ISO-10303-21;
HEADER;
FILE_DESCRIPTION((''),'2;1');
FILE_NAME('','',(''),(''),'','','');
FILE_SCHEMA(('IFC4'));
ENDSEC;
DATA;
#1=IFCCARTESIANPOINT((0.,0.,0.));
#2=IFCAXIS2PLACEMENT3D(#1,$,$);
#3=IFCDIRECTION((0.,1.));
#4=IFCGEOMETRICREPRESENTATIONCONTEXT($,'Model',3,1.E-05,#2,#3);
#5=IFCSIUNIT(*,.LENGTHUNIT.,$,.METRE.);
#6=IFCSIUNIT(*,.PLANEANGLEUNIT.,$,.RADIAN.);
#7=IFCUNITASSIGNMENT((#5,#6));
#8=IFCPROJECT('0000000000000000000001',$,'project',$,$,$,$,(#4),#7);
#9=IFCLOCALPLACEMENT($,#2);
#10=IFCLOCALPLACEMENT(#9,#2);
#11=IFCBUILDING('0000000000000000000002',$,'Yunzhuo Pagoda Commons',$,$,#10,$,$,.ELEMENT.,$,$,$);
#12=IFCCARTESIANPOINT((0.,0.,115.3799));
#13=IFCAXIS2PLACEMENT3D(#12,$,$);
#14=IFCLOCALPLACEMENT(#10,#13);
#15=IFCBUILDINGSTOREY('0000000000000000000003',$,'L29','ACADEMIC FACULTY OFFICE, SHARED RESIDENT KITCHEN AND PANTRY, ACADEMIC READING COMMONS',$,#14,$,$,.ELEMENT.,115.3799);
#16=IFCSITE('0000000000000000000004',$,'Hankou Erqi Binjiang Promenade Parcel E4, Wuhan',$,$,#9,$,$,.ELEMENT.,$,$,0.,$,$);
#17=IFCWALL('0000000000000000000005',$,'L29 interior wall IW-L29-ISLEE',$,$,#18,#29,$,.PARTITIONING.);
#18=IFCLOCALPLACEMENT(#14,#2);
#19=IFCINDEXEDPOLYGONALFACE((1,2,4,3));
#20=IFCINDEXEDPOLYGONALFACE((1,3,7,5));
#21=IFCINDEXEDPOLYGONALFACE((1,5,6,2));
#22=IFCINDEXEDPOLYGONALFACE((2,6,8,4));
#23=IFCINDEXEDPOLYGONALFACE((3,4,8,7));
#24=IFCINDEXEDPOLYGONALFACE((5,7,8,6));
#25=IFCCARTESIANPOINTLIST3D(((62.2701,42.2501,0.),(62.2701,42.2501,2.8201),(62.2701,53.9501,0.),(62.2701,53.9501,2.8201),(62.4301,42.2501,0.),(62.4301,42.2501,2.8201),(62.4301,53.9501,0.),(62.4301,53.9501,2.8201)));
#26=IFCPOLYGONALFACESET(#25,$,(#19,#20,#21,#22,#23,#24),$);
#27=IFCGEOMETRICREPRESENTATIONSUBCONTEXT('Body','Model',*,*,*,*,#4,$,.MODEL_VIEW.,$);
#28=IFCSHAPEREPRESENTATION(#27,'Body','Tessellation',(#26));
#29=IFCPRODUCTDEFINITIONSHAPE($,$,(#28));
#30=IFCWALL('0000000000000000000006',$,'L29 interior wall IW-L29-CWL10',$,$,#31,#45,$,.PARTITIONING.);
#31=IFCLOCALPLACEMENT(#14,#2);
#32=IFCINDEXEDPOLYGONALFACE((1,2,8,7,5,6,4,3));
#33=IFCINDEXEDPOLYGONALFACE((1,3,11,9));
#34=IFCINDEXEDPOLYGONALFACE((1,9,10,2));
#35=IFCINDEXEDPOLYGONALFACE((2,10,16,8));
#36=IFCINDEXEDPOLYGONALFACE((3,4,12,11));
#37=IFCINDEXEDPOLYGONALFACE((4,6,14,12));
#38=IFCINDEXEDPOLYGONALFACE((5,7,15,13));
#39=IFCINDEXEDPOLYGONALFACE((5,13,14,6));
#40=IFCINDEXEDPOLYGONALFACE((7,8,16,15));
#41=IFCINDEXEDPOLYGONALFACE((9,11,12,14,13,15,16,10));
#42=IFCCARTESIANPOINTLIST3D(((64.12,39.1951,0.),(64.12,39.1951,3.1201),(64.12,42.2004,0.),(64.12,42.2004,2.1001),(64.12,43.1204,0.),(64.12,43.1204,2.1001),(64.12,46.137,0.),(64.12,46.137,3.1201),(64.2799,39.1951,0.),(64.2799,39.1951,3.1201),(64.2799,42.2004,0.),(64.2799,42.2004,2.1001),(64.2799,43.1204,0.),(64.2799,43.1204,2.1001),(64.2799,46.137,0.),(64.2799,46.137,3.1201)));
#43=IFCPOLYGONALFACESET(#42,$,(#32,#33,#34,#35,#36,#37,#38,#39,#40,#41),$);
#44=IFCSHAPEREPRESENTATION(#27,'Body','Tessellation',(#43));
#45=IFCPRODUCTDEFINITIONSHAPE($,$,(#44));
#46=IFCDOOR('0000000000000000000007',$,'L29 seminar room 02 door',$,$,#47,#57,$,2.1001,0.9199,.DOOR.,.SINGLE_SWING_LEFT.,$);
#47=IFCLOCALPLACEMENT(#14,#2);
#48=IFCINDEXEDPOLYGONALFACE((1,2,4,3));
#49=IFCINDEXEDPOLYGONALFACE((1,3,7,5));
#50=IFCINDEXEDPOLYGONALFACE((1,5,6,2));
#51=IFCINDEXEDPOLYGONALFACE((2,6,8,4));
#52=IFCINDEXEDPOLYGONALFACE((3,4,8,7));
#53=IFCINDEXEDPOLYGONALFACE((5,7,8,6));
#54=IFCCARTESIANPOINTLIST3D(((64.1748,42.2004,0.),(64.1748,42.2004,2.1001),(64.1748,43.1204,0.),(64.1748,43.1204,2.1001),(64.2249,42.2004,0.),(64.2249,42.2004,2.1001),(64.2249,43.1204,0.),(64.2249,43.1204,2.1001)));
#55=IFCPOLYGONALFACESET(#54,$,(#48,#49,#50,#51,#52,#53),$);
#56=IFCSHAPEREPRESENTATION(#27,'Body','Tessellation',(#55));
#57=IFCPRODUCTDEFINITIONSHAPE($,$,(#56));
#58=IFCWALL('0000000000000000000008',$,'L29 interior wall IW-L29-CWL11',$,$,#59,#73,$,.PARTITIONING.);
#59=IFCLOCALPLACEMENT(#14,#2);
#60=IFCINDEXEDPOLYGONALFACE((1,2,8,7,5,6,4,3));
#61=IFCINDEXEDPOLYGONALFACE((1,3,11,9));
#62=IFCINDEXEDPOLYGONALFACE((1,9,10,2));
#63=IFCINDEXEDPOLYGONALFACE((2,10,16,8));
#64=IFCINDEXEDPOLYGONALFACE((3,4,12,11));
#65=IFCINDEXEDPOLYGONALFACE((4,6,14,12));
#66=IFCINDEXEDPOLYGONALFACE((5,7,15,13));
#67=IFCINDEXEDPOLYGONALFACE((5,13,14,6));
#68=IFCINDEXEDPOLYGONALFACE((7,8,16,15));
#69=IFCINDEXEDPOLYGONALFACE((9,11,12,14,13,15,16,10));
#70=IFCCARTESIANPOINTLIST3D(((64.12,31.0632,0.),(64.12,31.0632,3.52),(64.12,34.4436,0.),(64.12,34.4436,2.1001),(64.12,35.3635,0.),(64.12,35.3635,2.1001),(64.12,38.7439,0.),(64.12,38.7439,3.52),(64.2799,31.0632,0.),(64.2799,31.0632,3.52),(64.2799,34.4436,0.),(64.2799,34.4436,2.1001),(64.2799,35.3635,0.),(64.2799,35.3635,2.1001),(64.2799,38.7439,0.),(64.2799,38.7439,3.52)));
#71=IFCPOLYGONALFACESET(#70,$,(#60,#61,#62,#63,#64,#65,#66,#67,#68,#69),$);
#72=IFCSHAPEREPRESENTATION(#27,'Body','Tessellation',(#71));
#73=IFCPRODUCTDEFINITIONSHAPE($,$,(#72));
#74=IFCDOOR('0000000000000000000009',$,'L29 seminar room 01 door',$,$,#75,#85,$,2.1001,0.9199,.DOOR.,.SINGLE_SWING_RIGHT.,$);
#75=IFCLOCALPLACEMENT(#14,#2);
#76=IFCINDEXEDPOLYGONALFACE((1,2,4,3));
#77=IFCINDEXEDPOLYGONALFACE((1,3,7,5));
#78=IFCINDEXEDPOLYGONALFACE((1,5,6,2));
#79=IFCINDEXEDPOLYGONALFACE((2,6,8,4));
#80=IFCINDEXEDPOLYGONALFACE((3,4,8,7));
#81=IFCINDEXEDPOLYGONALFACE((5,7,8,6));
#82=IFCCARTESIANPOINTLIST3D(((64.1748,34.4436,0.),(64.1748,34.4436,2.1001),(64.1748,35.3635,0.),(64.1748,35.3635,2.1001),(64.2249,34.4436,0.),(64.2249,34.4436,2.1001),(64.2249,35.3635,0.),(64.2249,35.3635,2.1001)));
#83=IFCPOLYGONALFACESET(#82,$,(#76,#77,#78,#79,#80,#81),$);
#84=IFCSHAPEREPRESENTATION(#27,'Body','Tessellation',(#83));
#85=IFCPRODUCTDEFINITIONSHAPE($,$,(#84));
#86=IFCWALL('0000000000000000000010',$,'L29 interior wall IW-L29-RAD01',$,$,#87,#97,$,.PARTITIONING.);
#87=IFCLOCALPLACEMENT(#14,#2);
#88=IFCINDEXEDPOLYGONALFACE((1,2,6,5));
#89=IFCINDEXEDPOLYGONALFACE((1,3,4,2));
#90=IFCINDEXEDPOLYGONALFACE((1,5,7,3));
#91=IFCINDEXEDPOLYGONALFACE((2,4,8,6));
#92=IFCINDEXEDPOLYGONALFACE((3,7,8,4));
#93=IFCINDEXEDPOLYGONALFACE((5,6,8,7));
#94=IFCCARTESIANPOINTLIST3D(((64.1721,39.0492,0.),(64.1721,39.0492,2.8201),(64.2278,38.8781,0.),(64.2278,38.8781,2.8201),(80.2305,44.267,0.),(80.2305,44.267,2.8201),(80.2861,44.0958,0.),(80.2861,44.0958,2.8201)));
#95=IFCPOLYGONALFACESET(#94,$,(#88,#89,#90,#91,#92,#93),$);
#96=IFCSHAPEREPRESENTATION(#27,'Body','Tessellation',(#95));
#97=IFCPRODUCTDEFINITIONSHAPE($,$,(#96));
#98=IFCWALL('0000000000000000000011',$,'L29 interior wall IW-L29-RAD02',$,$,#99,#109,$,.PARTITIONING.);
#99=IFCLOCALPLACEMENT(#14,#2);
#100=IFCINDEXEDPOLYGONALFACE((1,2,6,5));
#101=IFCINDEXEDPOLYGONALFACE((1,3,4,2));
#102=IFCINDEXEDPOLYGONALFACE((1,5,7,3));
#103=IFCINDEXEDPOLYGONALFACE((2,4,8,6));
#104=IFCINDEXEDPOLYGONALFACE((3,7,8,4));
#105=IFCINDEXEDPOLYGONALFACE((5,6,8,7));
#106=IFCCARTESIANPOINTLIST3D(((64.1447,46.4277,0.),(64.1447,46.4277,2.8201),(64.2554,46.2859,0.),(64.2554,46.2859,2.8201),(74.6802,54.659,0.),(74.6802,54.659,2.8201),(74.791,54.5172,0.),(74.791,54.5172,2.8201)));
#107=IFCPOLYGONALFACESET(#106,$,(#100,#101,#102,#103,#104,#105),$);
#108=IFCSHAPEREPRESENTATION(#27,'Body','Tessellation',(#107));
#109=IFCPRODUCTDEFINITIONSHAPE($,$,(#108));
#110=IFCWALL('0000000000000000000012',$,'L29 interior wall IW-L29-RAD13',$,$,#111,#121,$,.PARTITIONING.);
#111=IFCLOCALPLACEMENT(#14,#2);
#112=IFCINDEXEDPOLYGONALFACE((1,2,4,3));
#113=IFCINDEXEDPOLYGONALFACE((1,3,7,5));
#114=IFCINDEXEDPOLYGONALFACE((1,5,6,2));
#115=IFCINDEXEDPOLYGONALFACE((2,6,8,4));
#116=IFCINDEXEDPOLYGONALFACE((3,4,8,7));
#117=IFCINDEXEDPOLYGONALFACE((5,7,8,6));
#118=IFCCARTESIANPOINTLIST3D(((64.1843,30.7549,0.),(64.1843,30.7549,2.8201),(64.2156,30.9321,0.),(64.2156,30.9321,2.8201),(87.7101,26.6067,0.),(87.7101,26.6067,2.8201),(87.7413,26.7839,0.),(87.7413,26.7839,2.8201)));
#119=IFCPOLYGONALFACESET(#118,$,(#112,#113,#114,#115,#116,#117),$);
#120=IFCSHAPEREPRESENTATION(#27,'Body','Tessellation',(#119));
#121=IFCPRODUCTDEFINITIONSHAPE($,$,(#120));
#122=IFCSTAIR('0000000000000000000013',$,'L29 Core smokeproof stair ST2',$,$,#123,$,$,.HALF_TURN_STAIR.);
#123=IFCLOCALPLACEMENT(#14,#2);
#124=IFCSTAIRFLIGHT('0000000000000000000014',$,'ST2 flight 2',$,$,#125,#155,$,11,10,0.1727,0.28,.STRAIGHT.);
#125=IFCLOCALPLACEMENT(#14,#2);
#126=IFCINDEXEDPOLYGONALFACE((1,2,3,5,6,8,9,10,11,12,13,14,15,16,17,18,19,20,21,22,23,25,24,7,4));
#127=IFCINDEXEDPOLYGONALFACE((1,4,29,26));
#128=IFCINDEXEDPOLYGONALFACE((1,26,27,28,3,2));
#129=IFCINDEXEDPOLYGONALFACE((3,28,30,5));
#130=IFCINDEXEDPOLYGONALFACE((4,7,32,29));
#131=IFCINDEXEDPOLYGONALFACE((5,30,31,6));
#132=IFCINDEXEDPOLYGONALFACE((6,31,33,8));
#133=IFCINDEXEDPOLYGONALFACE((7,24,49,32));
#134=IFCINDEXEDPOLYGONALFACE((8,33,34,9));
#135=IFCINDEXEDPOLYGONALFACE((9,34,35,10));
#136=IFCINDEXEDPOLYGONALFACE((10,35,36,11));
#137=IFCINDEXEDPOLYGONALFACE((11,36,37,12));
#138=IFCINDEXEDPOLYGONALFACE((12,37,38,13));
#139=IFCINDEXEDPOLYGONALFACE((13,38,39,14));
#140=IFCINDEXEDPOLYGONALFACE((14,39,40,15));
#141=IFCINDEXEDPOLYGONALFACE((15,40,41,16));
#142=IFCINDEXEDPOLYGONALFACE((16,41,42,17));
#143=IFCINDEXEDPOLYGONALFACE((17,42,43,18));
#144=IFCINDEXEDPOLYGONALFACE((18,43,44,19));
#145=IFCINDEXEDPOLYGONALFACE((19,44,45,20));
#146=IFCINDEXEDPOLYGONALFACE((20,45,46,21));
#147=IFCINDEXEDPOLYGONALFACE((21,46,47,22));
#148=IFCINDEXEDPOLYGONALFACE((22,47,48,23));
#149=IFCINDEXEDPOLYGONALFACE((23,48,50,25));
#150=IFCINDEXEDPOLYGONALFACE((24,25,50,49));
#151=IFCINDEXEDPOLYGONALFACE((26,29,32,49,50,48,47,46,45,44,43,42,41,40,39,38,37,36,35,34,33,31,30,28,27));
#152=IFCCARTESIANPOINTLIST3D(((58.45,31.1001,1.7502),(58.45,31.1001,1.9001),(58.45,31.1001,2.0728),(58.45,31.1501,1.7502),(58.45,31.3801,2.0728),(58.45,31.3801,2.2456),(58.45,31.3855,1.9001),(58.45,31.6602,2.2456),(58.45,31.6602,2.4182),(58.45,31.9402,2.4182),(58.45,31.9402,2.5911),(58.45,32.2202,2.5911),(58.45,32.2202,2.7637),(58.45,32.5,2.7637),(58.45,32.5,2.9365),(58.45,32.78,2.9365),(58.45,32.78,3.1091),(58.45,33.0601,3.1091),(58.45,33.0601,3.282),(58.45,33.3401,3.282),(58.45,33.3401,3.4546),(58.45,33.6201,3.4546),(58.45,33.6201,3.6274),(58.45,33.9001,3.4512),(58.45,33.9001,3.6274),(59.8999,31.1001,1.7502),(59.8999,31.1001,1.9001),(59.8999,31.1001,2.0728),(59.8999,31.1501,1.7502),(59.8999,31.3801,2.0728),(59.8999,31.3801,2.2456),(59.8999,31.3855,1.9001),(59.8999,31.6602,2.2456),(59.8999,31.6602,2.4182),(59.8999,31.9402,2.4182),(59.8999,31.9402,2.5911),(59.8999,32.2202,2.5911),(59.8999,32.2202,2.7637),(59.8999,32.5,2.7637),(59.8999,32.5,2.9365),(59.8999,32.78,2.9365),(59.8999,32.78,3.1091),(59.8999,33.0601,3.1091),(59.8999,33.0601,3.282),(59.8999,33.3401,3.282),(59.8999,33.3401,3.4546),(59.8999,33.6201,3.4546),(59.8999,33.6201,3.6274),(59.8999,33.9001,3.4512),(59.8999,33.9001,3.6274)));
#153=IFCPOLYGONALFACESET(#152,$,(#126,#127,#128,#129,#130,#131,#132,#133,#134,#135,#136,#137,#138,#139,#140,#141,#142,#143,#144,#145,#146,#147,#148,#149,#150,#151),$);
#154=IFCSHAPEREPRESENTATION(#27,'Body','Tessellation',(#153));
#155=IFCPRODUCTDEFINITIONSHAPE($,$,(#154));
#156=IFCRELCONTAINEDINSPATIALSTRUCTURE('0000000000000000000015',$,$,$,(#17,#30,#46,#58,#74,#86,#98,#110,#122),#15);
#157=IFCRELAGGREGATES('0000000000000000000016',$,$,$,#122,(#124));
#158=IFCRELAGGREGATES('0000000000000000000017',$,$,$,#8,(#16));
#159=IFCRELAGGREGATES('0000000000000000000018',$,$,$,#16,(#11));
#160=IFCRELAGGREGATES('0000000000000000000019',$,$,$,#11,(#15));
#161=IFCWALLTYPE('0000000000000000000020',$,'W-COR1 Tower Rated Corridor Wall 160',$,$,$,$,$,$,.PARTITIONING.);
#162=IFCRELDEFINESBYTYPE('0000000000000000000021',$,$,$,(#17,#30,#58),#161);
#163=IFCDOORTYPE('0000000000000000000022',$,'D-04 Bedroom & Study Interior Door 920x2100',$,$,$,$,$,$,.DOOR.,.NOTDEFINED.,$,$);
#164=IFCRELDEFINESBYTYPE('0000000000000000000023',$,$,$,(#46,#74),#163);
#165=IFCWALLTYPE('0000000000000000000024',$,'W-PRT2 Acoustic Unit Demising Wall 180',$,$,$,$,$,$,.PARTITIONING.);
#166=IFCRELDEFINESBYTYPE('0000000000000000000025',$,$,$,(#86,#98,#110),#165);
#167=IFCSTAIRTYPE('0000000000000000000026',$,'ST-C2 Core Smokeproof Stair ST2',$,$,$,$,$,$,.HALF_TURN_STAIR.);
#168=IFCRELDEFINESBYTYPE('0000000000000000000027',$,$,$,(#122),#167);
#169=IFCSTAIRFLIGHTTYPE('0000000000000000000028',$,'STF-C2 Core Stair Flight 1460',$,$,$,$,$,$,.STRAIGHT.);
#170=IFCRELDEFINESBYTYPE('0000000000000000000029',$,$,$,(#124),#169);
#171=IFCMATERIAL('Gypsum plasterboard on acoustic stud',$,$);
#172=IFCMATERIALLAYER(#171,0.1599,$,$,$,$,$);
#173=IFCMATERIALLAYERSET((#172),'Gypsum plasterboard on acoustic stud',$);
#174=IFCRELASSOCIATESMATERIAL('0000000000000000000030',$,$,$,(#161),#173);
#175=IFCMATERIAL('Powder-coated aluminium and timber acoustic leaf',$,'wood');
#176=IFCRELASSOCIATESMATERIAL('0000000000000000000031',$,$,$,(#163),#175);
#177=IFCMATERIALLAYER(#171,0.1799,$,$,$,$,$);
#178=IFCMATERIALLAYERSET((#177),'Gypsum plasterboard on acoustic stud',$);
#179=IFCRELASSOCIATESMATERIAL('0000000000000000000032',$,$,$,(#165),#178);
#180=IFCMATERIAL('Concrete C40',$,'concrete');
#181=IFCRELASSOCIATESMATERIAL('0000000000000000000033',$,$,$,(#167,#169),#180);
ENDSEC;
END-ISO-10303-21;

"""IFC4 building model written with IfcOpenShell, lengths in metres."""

from ifc_helpers import new_model, si_unit, direction, frame, frame_2d, origin, origin_with_axes, place, context, subcontext, project, spatial, polyline, rectangle, outline, extrude, source, transform, mapped, material, layer, layer_set, type_object, element, fill, aggregate, save


model = new_model("IFC4")

# Units and contexts
model_context = context("Model", 3, precision=1e-05, world=origin(), true_north=direction((0.0, 1.0)))
body_context = subcontext(model_context, "Body", "Model", "MODEL_VIEW")
ifc_project = project(units=[si_unit("LENGTHUNIT", "METRE"), si_unit("PLANEANGLEUNIT", "RADIAN")], contexts=[model_context])

# Site, building, storey
site_placement = place(None, origin())
site = spatial("IfcSite", under=ifc_project, at=site_placement, Name="Hankou Erqi Binjiang Promenade Parcel E4, Wuhan", CompositionType="ELEMENT", RefElevation=0.0)
building_placement = place(site_placement, origin())
building = spatial("IfcBuilding", under=site, at=building_placement, Name="Yunzhuo Pagoda Commons", CompositionType="ELEMENT")
storey_placement = place(building_placement, frame((0.0, 0.0, 115.3799)))
storey = spatial("IfcBuildingStorey", under=building, at=storey_placement, Name="L29", Description="ACADEMIC FACULTY OFFICE, SHARED RESIDENT KITCHEN AND PANTRY, ACADEMIC READING COMMONS", CompositionType="ELEMENT", Elevation=115.3799)

# Wall
ifc_material_1 = material(Name="Gypsum plasterboard on acoustic stud")
ifc_layer_1 = layer(ifc_material_1, 0.1599)
ifc_layer_set_1 = layer_set([ifc_layer_1], Name="Gypsum plasterboard on acoustic stud")
wall_type_1 = type_object("IfcWallType", Name="W-COR1 Tower Rated Corridor Wall 160", PredefinedType="PARTITIONING", material=ifc_layer_set_1)
wall_1_placement = place(storey_placement, frame((62.3501, 42.25, 0.0), z_axis=(0.0, 0.0, 1.0), x_axis=(0.0, 1.0, 0.0)))
element("IfcWall", 1, at=wall_1_placement, inside=storey, type_object=wall_type_1, Name="L29 interior wall IW-L29-ISLEE", PredefinedType="PARTITIONING", context=body_context, shape_type="SweptSolid", body=[
    extrude(rectangle(XDim=11.7, YDim=0.1599, at=frame_2d((5.8501, 0.0))), origin(), (0.0, 0.0, 1.0), 2.8201),
])

# Walls, openings, doors
wall_2_placement = place(storey_placement, frame((64.2, 46.137, 0.0), z_axis=(0.0, 0.0, 1.0), x_axis=(0.0, -1.0, 0.0)))
wall_2 = element("IfcWall", 2, at=wall_2_placement, inside=storey, type_object=wall_type_1, Name="L29 interior wall IW-L29-CWL10", PredefinedType="PARTITIONING", context=body_context, shape_type="SweptSolid", body=[
    extrude(rectangle(XDim=6.9419, YDim=0.1599, at=frame_2d((3.4709, 0.0))), origin(), (0.0, 0.0, 1.0), 3.1201),
])
opening_1_placement = place(wall_2_placement, frame((3.0166, 0.0, 0.0)))
opening_1 = element("IfcOpeningElement", 3, at=opening_1_placement, cuts=wall_2, PredefinedType="OPENING", context=body_context, shape_type="SweptSolid", body=[
    extrude(rectangle(XDim=0.9199, YDim=2.1001, at=frame_2d((0.46, 1.05))), frame((0.0, 0.0898, 0.0), z_axis=(0.0, -1.0, 0.0), x_axis=(1.0, 0.0, 0.0)), (0.0, 0.0, 1.0), 0.1799),
])
ifc_material_2 = material(Name="Powder-coated aluminium and timber acoustic leaf", Category="wood")
door_type = type_object("IfcDoorType", Name="D-04 Bedroom & Study Interior Door 920x2100", OperationType="NOTDEFINED", PredefinedType="DOOR", material=ifc_material_2)
shared_shape_1 = source(origin(), body_context, "Body", "SweptSolid", [
    extrude(rectangle(XDim=0.9199, YDim=2.1001, at=frame_2d((0.46, 1.05))), frame((0.0, 0.0249, 0.0), z_axis=(0.0, -1.0, 0.0), x_axis=(1.0, 0.0, 0.0)), (0.0, 0.0, 1.0), 0.05),
])
door_1_placement = place(opening_1_placement, origin_with_axes())
door_1 = element("IfcDoor", 4, at=door_1_placement, inside=storey, type_object=door_type, Name="L29 seminar room 02 door", OperationType="SINGLE_SWING_LEFT", OverallHeight=2.1001, OverallWidth=0.9199, PredefinedType="DOOR", context=body_context, shape_type="MappedRepresentation", body=[
    mapped(shared_shape_1, transform((0.0, 0.0, 0.0), scale=1.0)),
])
fill(opening_1, door_1)
wall_3_placement = place(storey_placement, frame((64.2, 38.7439, 0.0), z_axis=(0.0, 0.0, 1.0), x_axis=(0.0, -1.0, 0.0)))
wall_3 = element("IfcWall", 5, at=wall_3_placement, inside=storey, type_object=wall_type_1, Name="L29 interior wall IW-L29-CWL11", PredefinedType="PARTITIONING", context=body_context, shape_type="SweptSolid", body=[
    extrude(rectangle(XDim=7.6807, YDim=0.1599, at=frame_2d((3.8403, 0.0))), origin(), (0.0, 0.0, 1.0), 3.52),
])
opening_2_placement = place(wall_3_placement, frame((3.3804, 0.0, 0.0)))
opening_2 = element("IfcOpeningElement", 6, at=opening_2_placement, cuts=wall_3, PredefinedType="OPENING", context=body_context, shape_type="SweptSolid", body=[
    extrude(rectangle(XDim=0.9199, YDim=2.1001, at=frame_2d((0.46, 1.05))), frame((0.0, 0.0898, 0.0), z_axis=(0.0, -1.0, 0.0), x_axis=(1.0, 0.0, 0.0)), (0.0, 0.0, 1.0), 0.1799),
])
door_2_placement = place(opening_2_placement, origin_with_axes())
door_2 = element("IfcDoor", 7, at=door_2_placement, inside=storey, type_object=door_type, Name="L29 seminar room 01 door", OperationType="SINGLE_SWING_RIGHT", OverallHeight=2.1001, OverallWidth=0.9199, PredefinedType="DOOR", context=body_context, shape_type="MappedRepresentation", body=[
    mapped(shared_shape_1, transform((0.0, 0.0, 0.0), scale=1.0)),
])
fill(opening_2, door_2)

# Walls
ifc_layer_2 = layer(ifc_material_1, 0.1799)
ifc_layer_set_2 = layer_set([ifc_layer_2], Name="Gypsum plasterboard on acoustic stud")
wall_type_2 = type_object("IfcWallType", Name="W-PRT2 Acoustic Unit Demising Wall 180", PredefinedType="PARTITIONING", material=ifc_layer_set_2)
wall_4_placement = place(storey_placement, frame((64.2, 38.9636, 0.0), z_axis=(0.0, 0.0, 1.0), x_axis=(0.951055, 0.309022, 0.0)))
element("IfcWall", 8, at=wall_4_placement, inside=storey, type_object=wall_type_2, Name="L29 interior wall IW-L29-RAD01", PredefinedType="PARTITIONING", context=body_context, shape_type="SweptSolid", body=[
    extrude(rectangle(XDim=16.8848, YDim=0.1799, at=frame_2d((8.4424, 0.0))), origin(), (0.0, 0.0, 1.0), 2.8201),
])
wall_5_placement = place(storey_placement, frame((64.2, 46.3567, 0.0), z_axis=(0.0, 0.0, 1.0), x_axis=(0.788007, 0.615666, 0.0)))
element("IfcWall", 9, at=wall_5_placement, inside=storey, type_object=wall_type_2, Name="L29 interior wall IW-L29-RAD02", PredefinedType="PARTITIONING", context=body_context, shape_type="SweptSolid", body=[
    extrude(rectangle(XDim=13.3699, YDim=0.1799, at=frame_2d((6.6851, 0.0))), origin(), (0.0, 0.0, 1.0), 2.8201),
])
wall_6_placement = place(storey_placement, frame((64.2, 30.8435, 0.0), z_axis=(0.0, 0.0, 1.0), x_axis=(0.984808, -0.173648, 0.0)))
element("IfcWall", 10, at=wall_6_placement, inside=storey, type_object=wall_type_2, Name="L29 interior wall IW-L29-RAD13", PredefinedType="PARTITIONING", context=body_context, shape_type="SweptSolid", body=[
    extrude(rectangle(XDim=23.8887, YDim=0.1799, at=frame_2d((11.9443, 0.0))), origin(), (0.0, 0.0, 1.0), 2.8201),
])

# Stair, stair flight
ifc_material_3 = material(Name="Concrete C40", Category="concrete")
stair_type = type_object("IfcStairType", Name="ST-C2 Core Smokeproof Stair ST2", PredefinedType="HALF_TURN_STAIR", material=ifc_material_3)
stair_placement = place(storey_placement, origin())
stair = element("IfcStair", 11, at=stair_placement, inside=storey, type_object=stair_type, Name="L29 Core smokeproof stair ST2", PredefinedType="HALF_TURN_STAIR")
stair_flight_type = type_object("IfcStairFlightType", Name="STF-C2 Core Stair Flight 1460", PredefinedType="STRAIGHT", material=ifc_material_3)
shared_shape_2 = source(origin(), body_context, "Body", "SweptSolid", [
    extrude(outline(polyline([(0.0, -0.1499), (0.0, 0.0), (0.0, 0.1726), (0.28, 0.1726), (0.28, 0.3455), (0.5601, 0.3455), (0.5601, 0.5181), (0.8401, 0.5181), (0.8401, 0.6909), (1.1201, 0.6909), (1.1201, 0.8635), (1.3999, 0.8635), (1.3999, 1.0364), (1.6799, 1.0364), (1.6799, 1.209), (1.96, 1.209), (1.96, 1.3818), (2.24, 1.3818), (2.24, 1.5544), (2.52, 1.5544), (2.52, 1.7273), (2.8, 1.7273), (2.8, 1.8999), (2.8, 1.551), (0.2854, 0.0), (0.05, -0.1499), (0.0, -0.1499)])), frame((0.0, 0.7251, 0.0), z_axis=(0.0, -1.0, 0.0), x_axis=(1.0, 0.0, 0.0)), (0.0, 0.0, 1.0), 1.45),
])
stair_flight_placement = place(storey_placement, frame((59.175, 31.1001, 1.9001), z_axis=(0.0, 0.0, 1.0), x_axis=(0.0, 1.0, 0.0)))
stair_flight = element("IfcStairFlight", 12, at=stair_flight_placement, type_object=stair_flight_type, Name="ST2 flight 2", NumberOfRisers=11, NumberOfTreads=10, PredefinedType="STRAIGHT", RiserHeight=0.1727, TreadLength=0.28, context=body_context, shape_type="MappedRepresentation", body=[
    mapped(shared_shape_2, transform((0.0, 0.0, 0.0), scale=1.0)),
])
aggregate(stair, [stair_flight])

save(model, "model.ifc")
